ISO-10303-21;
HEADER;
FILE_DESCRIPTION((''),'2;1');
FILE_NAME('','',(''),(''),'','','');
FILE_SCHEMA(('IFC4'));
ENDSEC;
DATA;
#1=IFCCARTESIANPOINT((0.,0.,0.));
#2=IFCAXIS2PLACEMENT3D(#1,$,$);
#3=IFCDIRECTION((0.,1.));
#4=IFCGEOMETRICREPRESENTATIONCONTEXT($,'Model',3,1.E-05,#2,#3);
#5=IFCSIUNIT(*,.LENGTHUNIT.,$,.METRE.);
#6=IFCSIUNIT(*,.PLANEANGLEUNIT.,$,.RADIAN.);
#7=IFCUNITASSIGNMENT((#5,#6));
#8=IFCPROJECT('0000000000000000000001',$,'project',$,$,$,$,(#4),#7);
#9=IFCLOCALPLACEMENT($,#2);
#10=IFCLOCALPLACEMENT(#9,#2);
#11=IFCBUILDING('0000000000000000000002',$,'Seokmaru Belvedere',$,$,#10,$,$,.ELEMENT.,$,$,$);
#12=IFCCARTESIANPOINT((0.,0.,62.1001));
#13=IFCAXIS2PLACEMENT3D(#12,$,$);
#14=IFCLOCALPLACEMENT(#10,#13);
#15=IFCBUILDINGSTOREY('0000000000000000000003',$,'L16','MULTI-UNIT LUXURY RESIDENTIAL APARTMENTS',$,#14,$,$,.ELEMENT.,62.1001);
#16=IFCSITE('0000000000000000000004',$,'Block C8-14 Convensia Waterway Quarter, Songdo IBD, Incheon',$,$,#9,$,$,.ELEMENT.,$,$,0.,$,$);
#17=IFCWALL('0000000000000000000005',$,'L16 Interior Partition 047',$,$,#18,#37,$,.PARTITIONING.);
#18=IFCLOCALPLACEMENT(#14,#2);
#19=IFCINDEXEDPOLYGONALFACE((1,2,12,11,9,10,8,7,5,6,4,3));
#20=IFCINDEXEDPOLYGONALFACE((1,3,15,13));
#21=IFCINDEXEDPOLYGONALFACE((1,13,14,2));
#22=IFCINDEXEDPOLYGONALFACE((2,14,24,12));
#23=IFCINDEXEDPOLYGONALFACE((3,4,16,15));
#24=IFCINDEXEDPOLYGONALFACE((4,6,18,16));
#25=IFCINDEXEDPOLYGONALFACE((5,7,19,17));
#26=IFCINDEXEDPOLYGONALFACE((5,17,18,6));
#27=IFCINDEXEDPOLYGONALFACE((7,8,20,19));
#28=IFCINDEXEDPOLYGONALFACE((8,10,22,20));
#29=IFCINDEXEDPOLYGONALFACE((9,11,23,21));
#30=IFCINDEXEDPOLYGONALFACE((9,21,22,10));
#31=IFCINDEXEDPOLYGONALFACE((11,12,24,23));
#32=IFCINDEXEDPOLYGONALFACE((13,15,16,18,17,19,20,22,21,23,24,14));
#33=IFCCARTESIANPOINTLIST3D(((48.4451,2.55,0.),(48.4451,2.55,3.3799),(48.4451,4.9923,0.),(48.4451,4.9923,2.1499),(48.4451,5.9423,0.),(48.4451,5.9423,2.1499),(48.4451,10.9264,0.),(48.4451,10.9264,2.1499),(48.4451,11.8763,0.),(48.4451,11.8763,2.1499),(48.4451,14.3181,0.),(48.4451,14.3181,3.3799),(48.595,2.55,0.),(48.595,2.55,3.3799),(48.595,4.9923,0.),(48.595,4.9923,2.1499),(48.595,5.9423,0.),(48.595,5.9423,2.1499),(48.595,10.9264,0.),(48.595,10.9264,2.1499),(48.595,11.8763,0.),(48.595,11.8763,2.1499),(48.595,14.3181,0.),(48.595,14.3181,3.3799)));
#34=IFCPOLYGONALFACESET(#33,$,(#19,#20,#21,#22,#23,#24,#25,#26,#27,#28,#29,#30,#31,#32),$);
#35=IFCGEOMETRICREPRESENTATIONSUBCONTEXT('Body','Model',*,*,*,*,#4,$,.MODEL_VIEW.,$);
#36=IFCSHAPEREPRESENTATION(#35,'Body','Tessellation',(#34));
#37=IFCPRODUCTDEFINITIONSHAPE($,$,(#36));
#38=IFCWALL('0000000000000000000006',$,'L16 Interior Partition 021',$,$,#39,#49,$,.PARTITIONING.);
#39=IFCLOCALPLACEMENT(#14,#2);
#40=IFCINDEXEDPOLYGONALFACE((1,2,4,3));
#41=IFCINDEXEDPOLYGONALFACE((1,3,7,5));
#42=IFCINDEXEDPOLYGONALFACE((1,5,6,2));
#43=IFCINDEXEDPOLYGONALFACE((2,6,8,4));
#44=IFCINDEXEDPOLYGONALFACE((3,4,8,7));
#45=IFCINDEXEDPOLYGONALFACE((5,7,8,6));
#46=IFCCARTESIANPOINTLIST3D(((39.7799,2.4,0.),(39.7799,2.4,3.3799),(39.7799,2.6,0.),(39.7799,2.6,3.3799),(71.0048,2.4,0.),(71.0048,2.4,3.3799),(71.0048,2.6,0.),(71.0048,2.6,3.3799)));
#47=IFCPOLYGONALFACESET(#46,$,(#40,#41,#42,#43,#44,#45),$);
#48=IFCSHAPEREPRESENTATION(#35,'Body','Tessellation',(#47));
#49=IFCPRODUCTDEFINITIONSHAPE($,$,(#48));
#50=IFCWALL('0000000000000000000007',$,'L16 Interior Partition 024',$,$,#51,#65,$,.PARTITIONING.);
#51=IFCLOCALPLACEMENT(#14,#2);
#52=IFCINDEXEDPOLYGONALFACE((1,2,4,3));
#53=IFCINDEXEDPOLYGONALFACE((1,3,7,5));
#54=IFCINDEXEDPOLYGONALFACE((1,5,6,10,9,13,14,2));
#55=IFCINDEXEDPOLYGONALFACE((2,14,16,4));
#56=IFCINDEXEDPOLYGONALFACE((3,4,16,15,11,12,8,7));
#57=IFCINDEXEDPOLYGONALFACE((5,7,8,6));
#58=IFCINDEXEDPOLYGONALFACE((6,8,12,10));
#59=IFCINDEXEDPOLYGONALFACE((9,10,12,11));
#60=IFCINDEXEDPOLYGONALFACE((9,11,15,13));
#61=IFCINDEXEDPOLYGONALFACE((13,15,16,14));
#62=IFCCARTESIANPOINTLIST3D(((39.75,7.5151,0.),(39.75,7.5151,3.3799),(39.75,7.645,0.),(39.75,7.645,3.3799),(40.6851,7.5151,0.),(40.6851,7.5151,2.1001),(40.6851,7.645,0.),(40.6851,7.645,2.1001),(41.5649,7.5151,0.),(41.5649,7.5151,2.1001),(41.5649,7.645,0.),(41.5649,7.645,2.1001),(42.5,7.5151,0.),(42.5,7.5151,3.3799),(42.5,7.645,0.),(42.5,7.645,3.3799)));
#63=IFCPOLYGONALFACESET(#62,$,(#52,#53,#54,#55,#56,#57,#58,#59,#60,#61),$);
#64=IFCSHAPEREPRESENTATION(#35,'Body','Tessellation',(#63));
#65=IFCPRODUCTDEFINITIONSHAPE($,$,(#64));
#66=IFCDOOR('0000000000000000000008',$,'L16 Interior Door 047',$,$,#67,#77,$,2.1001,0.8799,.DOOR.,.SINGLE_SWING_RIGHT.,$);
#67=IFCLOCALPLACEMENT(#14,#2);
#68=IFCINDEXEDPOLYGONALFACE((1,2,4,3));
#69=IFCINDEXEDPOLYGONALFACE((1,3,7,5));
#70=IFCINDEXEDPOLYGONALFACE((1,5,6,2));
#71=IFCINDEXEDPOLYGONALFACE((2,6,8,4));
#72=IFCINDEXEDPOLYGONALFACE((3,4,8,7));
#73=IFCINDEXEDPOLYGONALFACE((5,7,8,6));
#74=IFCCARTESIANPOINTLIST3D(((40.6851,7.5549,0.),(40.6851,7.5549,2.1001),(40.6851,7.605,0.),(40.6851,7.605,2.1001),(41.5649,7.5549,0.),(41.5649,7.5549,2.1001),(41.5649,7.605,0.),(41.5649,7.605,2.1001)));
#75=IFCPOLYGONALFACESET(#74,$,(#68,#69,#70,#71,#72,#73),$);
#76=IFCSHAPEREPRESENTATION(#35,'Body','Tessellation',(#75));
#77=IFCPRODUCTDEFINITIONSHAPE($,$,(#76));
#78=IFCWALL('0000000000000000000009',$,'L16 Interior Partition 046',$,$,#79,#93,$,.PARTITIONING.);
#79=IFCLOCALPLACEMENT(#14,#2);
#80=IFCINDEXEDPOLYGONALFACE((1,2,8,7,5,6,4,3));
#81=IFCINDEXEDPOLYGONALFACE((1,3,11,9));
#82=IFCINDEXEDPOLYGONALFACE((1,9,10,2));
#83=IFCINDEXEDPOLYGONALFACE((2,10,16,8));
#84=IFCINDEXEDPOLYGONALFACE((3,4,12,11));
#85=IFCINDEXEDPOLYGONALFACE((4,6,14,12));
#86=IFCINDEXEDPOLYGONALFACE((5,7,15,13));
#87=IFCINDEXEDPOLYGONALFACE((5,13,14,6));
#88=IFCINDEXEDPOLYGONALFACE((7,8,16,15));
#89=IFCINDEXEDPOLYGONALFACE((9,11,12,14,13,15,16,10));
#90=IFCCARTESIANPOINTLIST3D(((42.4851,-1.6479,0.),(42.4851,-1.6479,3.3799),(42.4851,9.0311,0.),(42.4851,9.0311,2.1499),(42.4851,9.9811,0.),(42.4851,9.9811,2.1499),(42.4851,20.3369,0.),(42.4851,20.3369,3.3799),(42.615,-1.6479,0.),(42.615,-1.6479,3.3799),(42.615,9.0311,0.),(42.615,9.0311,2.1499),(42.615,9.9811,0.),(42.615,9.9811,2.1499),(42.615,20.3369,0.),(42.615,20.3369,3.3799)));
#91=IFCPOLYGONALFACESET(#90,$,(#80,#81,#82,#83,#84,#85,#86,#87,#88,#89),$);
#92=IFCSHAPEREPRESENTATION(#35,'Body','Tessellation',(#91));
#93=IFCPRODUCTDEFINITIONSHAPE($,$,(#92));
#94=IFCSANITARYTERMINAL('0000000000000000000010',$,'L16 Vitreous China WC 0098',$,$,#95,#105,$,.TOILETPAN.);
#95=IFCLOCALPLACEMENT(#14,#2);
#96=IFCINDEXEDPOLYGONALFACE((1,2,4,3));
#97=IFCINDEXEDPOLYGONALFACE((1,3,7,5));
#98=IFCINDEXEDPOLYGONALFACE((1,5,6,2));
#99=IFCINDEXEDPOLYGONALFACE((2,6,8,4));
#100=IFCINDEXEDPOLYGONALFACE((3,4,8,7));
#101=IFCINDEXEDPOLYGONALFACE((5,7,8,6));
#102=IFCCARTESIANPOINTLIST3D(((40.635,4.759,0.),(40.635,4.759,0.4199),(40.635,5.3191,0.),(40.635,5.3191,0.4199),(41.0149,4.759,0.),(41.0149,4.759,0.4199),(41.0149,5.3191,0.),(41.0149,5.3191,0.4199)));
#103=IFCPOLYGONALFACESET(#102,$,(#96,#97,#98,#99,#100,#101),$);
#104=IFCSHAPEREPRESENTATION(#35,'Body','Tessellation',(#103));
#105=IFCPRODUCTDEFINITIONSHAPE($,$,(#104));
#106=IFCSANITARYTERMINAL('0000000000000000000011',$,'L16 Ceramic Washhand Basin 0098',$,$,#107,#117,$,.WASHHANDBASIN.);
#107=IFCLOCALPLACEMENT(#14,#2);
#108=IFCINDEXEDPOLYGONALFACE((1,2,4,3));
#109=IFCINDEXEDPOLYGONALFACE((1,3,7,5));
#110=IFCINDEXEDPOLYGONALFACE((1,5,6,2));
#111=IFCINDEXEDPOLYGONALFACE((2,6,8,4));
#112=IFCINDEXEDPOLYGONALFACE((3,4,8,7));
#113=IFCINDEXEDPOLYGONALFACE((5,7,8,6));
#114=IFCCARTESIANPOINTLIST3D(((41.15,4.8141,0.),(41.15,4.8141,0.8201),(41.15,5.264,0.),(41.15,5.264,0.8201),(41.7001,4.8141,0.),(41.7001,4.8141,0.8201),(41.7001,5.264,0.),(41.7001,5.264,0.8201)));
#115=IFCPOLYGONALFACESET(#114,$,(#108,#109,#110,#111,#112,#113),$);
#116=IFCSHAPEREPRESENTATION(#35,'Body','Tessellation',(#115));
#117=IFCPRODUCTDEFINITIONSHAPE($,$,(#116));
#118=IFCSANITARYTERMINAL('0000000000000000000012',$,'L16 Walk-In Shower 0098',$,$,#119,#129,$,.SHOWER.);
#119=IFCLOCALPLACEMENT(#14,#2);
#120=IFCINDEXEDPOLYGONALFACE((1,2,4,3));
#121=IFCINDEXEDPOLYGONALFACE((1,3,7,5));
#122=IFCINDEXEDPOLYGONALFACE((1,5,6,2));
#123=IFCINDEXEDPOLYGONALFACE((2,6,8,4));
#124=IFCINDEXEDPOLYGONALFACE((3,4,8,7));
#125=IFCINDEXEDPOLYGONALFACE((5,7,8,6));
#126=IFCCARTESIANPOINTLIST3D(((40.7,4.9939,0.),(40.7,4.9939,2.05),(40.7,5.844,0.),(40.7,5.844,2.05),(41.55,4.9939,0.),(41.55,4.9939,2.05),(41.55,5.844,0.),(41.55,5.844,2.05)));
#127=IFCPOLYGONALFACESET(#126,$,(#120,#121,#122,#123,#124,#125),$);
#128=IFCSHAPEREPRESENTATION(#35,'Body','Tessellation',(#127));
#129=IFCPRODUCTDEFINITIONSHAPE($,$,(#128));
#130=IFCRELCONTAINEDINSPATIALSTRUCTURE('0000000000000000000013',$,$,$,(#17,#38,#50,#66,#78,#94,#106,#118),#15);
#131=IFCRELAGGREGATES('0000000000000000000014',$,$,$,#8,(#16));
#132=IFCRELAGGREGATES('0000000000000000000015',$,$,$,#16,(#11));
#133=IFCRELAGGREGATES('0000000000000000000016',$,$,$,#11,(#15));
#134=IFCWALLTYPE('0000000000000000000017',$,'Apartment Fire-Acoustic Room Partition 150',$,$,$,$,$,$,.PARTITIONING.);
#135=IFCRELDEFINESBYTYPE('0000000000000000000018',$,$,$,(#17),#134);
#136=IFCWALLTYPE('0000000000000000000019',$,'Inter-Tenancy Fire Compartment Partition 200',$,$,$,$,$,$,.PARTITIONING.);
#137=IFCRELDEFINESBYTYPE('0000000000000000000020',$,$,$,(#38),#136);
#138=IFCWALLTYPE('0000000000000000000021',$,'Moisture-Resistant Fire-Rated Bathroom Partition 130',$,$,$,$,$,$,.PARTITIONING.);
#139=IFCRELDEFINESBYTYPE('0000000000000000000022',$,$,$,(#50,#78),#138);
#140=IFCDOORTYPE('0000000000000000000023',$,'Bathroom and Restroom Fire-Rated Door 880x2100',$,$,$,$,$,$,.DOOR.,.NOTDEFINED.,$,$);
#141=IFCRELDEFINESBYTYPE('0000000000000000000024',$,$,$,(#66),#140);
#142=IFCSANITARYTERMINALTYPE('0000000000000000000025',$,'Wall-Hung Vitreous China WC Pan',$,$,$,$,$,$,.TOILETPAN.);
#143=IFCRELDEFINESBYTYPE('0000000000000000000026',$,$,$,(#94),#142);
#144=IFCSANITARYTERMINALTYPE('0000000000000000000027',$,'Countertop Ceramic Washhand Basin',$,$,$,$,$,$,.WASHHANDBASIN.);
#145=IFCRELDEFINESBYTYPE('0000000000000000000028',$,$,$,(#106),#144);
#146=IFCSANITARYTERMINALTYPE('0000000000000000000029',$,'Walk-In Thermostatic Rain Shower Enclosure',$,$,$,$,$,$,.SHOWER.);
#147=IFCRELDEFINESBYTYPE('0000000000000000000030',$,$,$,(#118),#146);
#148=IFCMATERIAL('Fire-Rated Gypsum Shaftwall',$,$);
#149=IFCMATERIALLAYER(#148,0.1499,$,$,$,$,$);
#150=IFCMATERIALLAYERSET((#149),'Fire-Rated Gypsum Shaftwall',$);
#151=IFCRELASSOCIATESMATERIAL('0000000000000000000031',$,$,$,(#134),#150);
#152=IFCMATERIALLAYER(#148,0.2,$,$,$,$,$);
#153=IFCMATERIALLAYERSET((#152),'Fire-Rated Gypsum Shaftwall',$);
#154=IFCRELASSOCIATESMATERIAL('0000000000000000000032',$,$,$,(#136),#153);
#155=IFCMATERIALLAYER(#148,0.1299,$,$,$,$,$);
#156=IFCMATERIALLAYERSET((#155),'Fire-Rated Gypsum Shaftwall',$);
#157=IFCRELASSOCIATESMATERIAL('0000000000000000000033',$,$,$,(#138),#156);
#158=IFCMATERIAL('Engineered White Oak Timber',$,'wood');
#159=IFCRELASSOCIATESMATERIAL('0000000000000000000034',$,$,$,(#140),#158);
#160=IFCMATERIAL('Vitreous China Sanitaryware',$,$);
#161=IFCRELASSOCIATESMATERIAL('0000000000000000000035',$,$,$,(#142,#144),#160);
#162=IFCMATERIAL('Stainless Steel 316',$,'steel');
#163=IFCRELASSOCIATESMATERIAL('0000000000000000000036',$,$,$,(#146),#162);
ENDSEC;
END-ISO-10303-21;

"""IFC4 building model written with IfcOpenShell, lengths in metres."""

from ifc_helpers import new_model, si_unit, direction, frame, frame_2d, origin, origin_2d, place, context, subcontext, project, spatial, rectangle, extrude, source, transform, mapped, material, layer, layer_set, type_object, type_shapes, element, fill, save


model = new_model("IFC4")

# Units and contexts
model_context = context("Model", 3, precision=1e-05, world=origin(), true_north=direction((0.0, 1.0)))
body_context = subcontext(model_context, "Body", "Model", "MODEL_VIEW")
ifc_project = project(units=[si_unit("LENGTHUNIT", "METRE"), si_unit("PLANEANGLEUNIT", "RADIAN")], contexts=[model_context])

# Site, building, storey
site_placement = place(None, origin())
site = spatial("IfcSite", under=ifc_project, at=site_placement, Name="Block C8-14 Convensia Waterway Quarter, Songdo IBD, Incheon", CompositionType="ELEMENT", RefElevation=0.0)
building_placement = place(site_placement, origin())
building = spatial("IfcBuilding", under=site, at=building_placement, Name="Seokmaru Belvedere", CompositionType="ELEMENT")
storey_placement = place(building_placement, frame((0.0, 0.0, 62.1001)))
storey = spatial("IfcBuildingStorey", under=building, at=storey_placement, Name="L16", Description="MULTI-UNIT LUXURY RESIDENTIAL APARTMENTS", CompositionType="ELEMENT", Elevation=62.1001)

# Shared definitions
ifc_material_1 = material(Name="Fire-Rated Gypsum Shaftwall")
ifc_layer_1 = layer(ifc_material_1, 0.1499)
ifc_layer_set_1 = layer_set([ifc_layer_1], Name="Fire-Rated Gypsum Shaftwall")
wall_type_1 = type_object("IfcWallType", Name="Apartment Fire-Acoustic Room Partition 150", PredefinedType="PARTITIONING", material=ifc_layer_set_1)

# Wall, openings
wall_1_placement = place(storey_placement, frame((48.52, 2.55, 0.0), z_axis=(0.0, 0.0, 1.0), x_axis=(0.0, 1.0, 0.0)))
wall_1 = element("IfcWall", 1, at=wall_1_placement, inside=storey, type_object=wall_type_1, Name="L16 Interior Partition 047", PredefinedType="PARTITIONING", context=body_context, shape_type="SweptSolid", body=[
    extrude(rectangle(XDim=11.7681, YDim=0.1499, at=frame_2d((5.884, 0.0))), origin(), (0.0, 0.0, 1.0), 3.3799),
])
opening_1_placement = place(wall_1_placement, frame((8.3762, 0.0, 0.0)))
element("IfcOpeningElement", 2, at=opening_1_placement, cuts=wall_1, PredefinedType="OPENING", context=body_context, shape_type="SweptSolid", body=[
    extrude(rectangle(XDim=0.95, YDim=2.1499, at=frame_2d((0.4751, 1.075))), frame((0.0, 0.085, 0.0), z_axis=(0.0, -1.0, 0.0), x_axis=(1.0, 0.0, 0.0)), (0.0, 0.0, 1.0), 0.1699),
])
opening_2_placement = place(wall_1_placement, frame((2.4421, 0.0, 0.0)))
element("IfcOpeningElement", 3, at=opening_2_placement, cuts=wall_1, PredefinedType="OPENING", context=body_context, shape_type="SweptSolid", body=[
    extrude(rectangle(XDim=0.95, YDim=2.1499, at=frame_2d((0.4751, 1.075))), frame((0.0, 0.085, 0.0), z_axis=(0.0, -1.0, 0.0), x_axis=(1.0, 0.0, 0.0)), (0.0, 0.0, 1.0), 0.1699),
])

# Wall
ifc_layer_2 = layer(ifc_material_1, 0.2)
ifc_layer_set_2 = layer_set([ifc_layer_2], Name="Fire-Rated Gypsum Shaftwall")
wall_type_2 = type_object("IfcWallType", Name="Inter-Tenancy Fire Compartment Partition 200", PredefinedType="PARTITIONING", material=ifc_layer_set_2)
wall_2_placement = place(storey_placement, frame((39.78, 2.5, 0.0), z_axis=(0.0, 0.0, 1.0), x_axis=(1.0, 0.0, 0.0)))
element("IfcWall", 4, at=wall_2_placement, inside=storey, type_object=wall_type_2, Name="L16 Interior Partition 021", PredefinedType="PARTITIONING", context=body_context, shape_type="SweptSolid", body=[
    extrude(rectangle(XDim=31.2249, YDim=0.2, at=frame_2d((15.6123, 0.0))), origin(), (0.0, 0.0, 1.0), 3.3799),
])

# Wall, opening, door
ifc_layer_3 = layer(ifc_material_1, 0.1299)
ifc_layer_set_3 = layer_set([ifc_layer_3], Name="Fire-Rated Gypsum Shaftwall")
wall_type_3 = type_object("IfcWallType", Name="Moisture-Resistant Fire-Rated Bathroom Partition 130", PredefinedType="PARTITIONING", material=ifc_layer_set_3)
wall_3_placement = place(storey_placement, frame((39.75, 7.5801, 0.0), z_axis=(0.0, 0.0, 1.0), x_axis=(1.0, 0.0, 0.0)))
wall_3 = element("IfcWall", 5, at=wall_3_placement, inside=storey, type_object=wall_type_3, Name="L16 Interior Partition 024", PredefinedType="PARTITIONING", context=body_context, shape_type="SweptSolid", body=[
    extrude(rectangle(XDim=2.75, YDim=0.1299, at=frame_2d((1.375, 0.0))), origin(), (0.0, 0.0, 1.0), 3.3799),
])
opening_3_placement = place(wall_3_placement, frame((0.9351, 0.0, 0.0)))
opening_3 = element("IfcOpeningElement", 6, at=opening_3_placement, cuts=wall_3, PredefinedType="OPENING", context=body_context, shape_type="SweptSolid", body=[
    extrude(rectangle(XDim=0.8799, YDim=2.1001, at=frame_2d((0.4399, 1.05))), frame((0.0, 0.075, 0.0), z_axis=(0.0, -1.0, 0.0), x_axis=(1.0, 0.0, 0.0)), (0.0, 0.0, 1.0), 0.1499),
])
ifc_material_2 = material(Name="Engineered White Oak Timber", Category="wood")
door_type = type_object("IfcDoorType", Name="Bathroom and Restroom Fire-Rated Door 880x2100", OperationType="NOTDEFINED", PredefinedType="DOOR", material=ifc_material_2)
shared_shape_1 = source(origin(), body_context, "Body", "SweptSolid", [
    extrude(rectangle(XDim=0.8799, YDim=2.1001, at=frame_2d((0.4399, 1.05))), frame((0.0, 0.0249, 0.0), z_axis=(0.0, -1.0, 0.0), x_axis=(1.0, 0.0, 0.0)), (0.0, 0.0, 1.0), 0.05),
])
type_shapes(door_type, [shared_shape_1])
door_placement = place(opening_3_placement, origin())
door = element("IfcDoor", 7, at=door_placement, inside=storey, type_object=door_type, Name="L16 Interior Door 047", OperationType="SINGLE_SWING_RIGHT", OverallHeight=2.1001, OverallWidth=0.8799, PredefinedType="DOOR", context=body_context, shape_type="MappedRepresentation", body=[
    mapped(shared_shape_1, transform((0.0, 0.0, 0.0), scale=1.0)),
])
fill(opening_3, door)

# Wall, opening
wall_4_placement = place(storey_placement, frame((42.55, -1.6479, 0.0), z_axis=(0.0, 0.0, 1.0), x_axis=(0.0, 1.0, 0.0)))
wall_4 = element("IfcWall", 8, at=wall_4_placement, inside=storey, type_object=wall_type_3, Name="L16 Interior Partition 046", PredefinedType="PARTITIONING", context=body_context, shape_type="SweptSolid", body=[
    extrude(rectangle(XDim=21.9849, YDim=0.1299, at=frame_2d((10.9924, 0.0))), origin(), (0.0, 0.0, 1.0), 3.3799),
])
opening_4_placement = place(wall_4_placement, frame((10.679, 0.0, 0.0)))
element("IfcOpeningElement", 9, at=opening_4_placement, cuts=wall_4, PredefinedType="OPENING", context=body_context, shape_type="SweptSolid", body=[
    extrude(rectangle(XDim=0.95, YDim=2.1499, at=frame_2d((0.4751, 1.075))), frame((0.0, 0.075, 0.0), z_axis=(0.0, -1.0, 0.0), x_axis=(1.0, 0.0, 0.0)), (0.0, 0.0, 1.0), 0.1499),
])

# Sanitary terminals
ifc_material_3 = material(Name="Vitreous China Sanitaryware")
sanitary_terminal_type_1 = type_object("IfcSanitaryTerminalType", Name="Wall-Hung Vitreous China WC Pan", PredefinedType="TOILETPAN", material=ifc_material_3)
shared_shape_2 = source(origin(), body_context, "Body", "SweptSolid", [
    extrude(rectangle(XDim=0.3799, YDim=0.5601, at=origin_2d()), origin(), (0.0, 0.0, 1.0), 0.4199),
])
type_shapes(sanitary_terminal_type_1, [shared_shape_2])
sanitary_terminal_1_placement = place(storey_placement, frame((40.825, 5.0391, 0.0), z_axis=(0.0, 0.0, 1.0), x_axis=(1.0, 0.0, 0.0)))
element("IfcSanitaryTerminal", 10, at=sanitary_terminal_1_placement, inside=storey, type_object=sanitary_terminal_type_1, Name="L16 Vitreous China WC 0098", PredefinedType="TOILETPAN", context=body_context, shape_type="MappedRepresentation", body=[
    mapped(shared_shape_2, transform((0.0, 0.0, 0.0), scale=1.0)),
])
sanitary_terminal_type_2 = type_object("IfcSanitaryTerminalType", Name="Countertop Ceramic Washhand Basin", PredefinedType="WASHHANDBASIN", material=ifc_material_3)
shared_shape_3 = source(origin(), body_context, "Body", "SweptSolid", [
    extrude(rectangle(XDim=0.55, YDim=0.45, at=origin_2d()), origin(), (0.0, 0.0, 1.0), 0.8201),
])
type_shapes(sanitary_terminal_type_2, [shared_shape_3])
sanitary_terminal_2_placement = place(storey_placement, frame((41.425, 5.0391, 0.0), z_axis=(0.0, 0.0, 1.0), x_axis=(1.0, 0.0, 0.0)))
element("IfcSanitaryTerminal", 11, at=sanitary_terminal_2_placement, inside=storey, type_object=sanitary_terminal_type_2, Name="L16 Ceramic Washhand Basin 0098", PredefinedType="WASHHANDBASIN", context=body_context, shape_type="MappedRepresentation", body=[
    mapped(shared_shape_3, transform((0.0, 0.0, 0.0), scale=1.0)),
])
ifc_material_4 = material(Name="Stainless Steel 316", Category="steel")
sanitary_terminal_type_3 = type_object("IfcSanitaryTerminalType", Name="Walk-In Thermostatic Rain Shower Enclosure", PredefinedType="SHOWER", material=ifc_material_4)
shared_shape_4 = source(origin(), body_context, "Body", "SweptSolid", [
    extrude(rectangle(XDim=0.8501, YDim=0.8501, at=origin_2d()), origin(), (0.0, 0.0, 1.0), 2.05),
])
type_shapes(sanitary_terminal_type_3, [shared_shape_4])
sanitary_terminal_3_placement = place(storey_placement, frame((41.125, 5.4189, 0.0), z_axis=(0.0, 0.0, 1.0), x_axis=(1.0, 0.0, 0.0)))
element("IfcSanitaryTerminal", 12, at=sanitary_terminal_3_placement, inside=storey, type_object=sanitary_terminal_type_3, Name="L16 Walk-In Shower 0098", PredefinedType="SHOWER", context=body_context, shape_type="MappedRepresentation", body=[
    mapped(shared_shape_4, transform((0.0, 0.0, 0.0), scale=1.0)),
])

save(model, "model.ifc")
